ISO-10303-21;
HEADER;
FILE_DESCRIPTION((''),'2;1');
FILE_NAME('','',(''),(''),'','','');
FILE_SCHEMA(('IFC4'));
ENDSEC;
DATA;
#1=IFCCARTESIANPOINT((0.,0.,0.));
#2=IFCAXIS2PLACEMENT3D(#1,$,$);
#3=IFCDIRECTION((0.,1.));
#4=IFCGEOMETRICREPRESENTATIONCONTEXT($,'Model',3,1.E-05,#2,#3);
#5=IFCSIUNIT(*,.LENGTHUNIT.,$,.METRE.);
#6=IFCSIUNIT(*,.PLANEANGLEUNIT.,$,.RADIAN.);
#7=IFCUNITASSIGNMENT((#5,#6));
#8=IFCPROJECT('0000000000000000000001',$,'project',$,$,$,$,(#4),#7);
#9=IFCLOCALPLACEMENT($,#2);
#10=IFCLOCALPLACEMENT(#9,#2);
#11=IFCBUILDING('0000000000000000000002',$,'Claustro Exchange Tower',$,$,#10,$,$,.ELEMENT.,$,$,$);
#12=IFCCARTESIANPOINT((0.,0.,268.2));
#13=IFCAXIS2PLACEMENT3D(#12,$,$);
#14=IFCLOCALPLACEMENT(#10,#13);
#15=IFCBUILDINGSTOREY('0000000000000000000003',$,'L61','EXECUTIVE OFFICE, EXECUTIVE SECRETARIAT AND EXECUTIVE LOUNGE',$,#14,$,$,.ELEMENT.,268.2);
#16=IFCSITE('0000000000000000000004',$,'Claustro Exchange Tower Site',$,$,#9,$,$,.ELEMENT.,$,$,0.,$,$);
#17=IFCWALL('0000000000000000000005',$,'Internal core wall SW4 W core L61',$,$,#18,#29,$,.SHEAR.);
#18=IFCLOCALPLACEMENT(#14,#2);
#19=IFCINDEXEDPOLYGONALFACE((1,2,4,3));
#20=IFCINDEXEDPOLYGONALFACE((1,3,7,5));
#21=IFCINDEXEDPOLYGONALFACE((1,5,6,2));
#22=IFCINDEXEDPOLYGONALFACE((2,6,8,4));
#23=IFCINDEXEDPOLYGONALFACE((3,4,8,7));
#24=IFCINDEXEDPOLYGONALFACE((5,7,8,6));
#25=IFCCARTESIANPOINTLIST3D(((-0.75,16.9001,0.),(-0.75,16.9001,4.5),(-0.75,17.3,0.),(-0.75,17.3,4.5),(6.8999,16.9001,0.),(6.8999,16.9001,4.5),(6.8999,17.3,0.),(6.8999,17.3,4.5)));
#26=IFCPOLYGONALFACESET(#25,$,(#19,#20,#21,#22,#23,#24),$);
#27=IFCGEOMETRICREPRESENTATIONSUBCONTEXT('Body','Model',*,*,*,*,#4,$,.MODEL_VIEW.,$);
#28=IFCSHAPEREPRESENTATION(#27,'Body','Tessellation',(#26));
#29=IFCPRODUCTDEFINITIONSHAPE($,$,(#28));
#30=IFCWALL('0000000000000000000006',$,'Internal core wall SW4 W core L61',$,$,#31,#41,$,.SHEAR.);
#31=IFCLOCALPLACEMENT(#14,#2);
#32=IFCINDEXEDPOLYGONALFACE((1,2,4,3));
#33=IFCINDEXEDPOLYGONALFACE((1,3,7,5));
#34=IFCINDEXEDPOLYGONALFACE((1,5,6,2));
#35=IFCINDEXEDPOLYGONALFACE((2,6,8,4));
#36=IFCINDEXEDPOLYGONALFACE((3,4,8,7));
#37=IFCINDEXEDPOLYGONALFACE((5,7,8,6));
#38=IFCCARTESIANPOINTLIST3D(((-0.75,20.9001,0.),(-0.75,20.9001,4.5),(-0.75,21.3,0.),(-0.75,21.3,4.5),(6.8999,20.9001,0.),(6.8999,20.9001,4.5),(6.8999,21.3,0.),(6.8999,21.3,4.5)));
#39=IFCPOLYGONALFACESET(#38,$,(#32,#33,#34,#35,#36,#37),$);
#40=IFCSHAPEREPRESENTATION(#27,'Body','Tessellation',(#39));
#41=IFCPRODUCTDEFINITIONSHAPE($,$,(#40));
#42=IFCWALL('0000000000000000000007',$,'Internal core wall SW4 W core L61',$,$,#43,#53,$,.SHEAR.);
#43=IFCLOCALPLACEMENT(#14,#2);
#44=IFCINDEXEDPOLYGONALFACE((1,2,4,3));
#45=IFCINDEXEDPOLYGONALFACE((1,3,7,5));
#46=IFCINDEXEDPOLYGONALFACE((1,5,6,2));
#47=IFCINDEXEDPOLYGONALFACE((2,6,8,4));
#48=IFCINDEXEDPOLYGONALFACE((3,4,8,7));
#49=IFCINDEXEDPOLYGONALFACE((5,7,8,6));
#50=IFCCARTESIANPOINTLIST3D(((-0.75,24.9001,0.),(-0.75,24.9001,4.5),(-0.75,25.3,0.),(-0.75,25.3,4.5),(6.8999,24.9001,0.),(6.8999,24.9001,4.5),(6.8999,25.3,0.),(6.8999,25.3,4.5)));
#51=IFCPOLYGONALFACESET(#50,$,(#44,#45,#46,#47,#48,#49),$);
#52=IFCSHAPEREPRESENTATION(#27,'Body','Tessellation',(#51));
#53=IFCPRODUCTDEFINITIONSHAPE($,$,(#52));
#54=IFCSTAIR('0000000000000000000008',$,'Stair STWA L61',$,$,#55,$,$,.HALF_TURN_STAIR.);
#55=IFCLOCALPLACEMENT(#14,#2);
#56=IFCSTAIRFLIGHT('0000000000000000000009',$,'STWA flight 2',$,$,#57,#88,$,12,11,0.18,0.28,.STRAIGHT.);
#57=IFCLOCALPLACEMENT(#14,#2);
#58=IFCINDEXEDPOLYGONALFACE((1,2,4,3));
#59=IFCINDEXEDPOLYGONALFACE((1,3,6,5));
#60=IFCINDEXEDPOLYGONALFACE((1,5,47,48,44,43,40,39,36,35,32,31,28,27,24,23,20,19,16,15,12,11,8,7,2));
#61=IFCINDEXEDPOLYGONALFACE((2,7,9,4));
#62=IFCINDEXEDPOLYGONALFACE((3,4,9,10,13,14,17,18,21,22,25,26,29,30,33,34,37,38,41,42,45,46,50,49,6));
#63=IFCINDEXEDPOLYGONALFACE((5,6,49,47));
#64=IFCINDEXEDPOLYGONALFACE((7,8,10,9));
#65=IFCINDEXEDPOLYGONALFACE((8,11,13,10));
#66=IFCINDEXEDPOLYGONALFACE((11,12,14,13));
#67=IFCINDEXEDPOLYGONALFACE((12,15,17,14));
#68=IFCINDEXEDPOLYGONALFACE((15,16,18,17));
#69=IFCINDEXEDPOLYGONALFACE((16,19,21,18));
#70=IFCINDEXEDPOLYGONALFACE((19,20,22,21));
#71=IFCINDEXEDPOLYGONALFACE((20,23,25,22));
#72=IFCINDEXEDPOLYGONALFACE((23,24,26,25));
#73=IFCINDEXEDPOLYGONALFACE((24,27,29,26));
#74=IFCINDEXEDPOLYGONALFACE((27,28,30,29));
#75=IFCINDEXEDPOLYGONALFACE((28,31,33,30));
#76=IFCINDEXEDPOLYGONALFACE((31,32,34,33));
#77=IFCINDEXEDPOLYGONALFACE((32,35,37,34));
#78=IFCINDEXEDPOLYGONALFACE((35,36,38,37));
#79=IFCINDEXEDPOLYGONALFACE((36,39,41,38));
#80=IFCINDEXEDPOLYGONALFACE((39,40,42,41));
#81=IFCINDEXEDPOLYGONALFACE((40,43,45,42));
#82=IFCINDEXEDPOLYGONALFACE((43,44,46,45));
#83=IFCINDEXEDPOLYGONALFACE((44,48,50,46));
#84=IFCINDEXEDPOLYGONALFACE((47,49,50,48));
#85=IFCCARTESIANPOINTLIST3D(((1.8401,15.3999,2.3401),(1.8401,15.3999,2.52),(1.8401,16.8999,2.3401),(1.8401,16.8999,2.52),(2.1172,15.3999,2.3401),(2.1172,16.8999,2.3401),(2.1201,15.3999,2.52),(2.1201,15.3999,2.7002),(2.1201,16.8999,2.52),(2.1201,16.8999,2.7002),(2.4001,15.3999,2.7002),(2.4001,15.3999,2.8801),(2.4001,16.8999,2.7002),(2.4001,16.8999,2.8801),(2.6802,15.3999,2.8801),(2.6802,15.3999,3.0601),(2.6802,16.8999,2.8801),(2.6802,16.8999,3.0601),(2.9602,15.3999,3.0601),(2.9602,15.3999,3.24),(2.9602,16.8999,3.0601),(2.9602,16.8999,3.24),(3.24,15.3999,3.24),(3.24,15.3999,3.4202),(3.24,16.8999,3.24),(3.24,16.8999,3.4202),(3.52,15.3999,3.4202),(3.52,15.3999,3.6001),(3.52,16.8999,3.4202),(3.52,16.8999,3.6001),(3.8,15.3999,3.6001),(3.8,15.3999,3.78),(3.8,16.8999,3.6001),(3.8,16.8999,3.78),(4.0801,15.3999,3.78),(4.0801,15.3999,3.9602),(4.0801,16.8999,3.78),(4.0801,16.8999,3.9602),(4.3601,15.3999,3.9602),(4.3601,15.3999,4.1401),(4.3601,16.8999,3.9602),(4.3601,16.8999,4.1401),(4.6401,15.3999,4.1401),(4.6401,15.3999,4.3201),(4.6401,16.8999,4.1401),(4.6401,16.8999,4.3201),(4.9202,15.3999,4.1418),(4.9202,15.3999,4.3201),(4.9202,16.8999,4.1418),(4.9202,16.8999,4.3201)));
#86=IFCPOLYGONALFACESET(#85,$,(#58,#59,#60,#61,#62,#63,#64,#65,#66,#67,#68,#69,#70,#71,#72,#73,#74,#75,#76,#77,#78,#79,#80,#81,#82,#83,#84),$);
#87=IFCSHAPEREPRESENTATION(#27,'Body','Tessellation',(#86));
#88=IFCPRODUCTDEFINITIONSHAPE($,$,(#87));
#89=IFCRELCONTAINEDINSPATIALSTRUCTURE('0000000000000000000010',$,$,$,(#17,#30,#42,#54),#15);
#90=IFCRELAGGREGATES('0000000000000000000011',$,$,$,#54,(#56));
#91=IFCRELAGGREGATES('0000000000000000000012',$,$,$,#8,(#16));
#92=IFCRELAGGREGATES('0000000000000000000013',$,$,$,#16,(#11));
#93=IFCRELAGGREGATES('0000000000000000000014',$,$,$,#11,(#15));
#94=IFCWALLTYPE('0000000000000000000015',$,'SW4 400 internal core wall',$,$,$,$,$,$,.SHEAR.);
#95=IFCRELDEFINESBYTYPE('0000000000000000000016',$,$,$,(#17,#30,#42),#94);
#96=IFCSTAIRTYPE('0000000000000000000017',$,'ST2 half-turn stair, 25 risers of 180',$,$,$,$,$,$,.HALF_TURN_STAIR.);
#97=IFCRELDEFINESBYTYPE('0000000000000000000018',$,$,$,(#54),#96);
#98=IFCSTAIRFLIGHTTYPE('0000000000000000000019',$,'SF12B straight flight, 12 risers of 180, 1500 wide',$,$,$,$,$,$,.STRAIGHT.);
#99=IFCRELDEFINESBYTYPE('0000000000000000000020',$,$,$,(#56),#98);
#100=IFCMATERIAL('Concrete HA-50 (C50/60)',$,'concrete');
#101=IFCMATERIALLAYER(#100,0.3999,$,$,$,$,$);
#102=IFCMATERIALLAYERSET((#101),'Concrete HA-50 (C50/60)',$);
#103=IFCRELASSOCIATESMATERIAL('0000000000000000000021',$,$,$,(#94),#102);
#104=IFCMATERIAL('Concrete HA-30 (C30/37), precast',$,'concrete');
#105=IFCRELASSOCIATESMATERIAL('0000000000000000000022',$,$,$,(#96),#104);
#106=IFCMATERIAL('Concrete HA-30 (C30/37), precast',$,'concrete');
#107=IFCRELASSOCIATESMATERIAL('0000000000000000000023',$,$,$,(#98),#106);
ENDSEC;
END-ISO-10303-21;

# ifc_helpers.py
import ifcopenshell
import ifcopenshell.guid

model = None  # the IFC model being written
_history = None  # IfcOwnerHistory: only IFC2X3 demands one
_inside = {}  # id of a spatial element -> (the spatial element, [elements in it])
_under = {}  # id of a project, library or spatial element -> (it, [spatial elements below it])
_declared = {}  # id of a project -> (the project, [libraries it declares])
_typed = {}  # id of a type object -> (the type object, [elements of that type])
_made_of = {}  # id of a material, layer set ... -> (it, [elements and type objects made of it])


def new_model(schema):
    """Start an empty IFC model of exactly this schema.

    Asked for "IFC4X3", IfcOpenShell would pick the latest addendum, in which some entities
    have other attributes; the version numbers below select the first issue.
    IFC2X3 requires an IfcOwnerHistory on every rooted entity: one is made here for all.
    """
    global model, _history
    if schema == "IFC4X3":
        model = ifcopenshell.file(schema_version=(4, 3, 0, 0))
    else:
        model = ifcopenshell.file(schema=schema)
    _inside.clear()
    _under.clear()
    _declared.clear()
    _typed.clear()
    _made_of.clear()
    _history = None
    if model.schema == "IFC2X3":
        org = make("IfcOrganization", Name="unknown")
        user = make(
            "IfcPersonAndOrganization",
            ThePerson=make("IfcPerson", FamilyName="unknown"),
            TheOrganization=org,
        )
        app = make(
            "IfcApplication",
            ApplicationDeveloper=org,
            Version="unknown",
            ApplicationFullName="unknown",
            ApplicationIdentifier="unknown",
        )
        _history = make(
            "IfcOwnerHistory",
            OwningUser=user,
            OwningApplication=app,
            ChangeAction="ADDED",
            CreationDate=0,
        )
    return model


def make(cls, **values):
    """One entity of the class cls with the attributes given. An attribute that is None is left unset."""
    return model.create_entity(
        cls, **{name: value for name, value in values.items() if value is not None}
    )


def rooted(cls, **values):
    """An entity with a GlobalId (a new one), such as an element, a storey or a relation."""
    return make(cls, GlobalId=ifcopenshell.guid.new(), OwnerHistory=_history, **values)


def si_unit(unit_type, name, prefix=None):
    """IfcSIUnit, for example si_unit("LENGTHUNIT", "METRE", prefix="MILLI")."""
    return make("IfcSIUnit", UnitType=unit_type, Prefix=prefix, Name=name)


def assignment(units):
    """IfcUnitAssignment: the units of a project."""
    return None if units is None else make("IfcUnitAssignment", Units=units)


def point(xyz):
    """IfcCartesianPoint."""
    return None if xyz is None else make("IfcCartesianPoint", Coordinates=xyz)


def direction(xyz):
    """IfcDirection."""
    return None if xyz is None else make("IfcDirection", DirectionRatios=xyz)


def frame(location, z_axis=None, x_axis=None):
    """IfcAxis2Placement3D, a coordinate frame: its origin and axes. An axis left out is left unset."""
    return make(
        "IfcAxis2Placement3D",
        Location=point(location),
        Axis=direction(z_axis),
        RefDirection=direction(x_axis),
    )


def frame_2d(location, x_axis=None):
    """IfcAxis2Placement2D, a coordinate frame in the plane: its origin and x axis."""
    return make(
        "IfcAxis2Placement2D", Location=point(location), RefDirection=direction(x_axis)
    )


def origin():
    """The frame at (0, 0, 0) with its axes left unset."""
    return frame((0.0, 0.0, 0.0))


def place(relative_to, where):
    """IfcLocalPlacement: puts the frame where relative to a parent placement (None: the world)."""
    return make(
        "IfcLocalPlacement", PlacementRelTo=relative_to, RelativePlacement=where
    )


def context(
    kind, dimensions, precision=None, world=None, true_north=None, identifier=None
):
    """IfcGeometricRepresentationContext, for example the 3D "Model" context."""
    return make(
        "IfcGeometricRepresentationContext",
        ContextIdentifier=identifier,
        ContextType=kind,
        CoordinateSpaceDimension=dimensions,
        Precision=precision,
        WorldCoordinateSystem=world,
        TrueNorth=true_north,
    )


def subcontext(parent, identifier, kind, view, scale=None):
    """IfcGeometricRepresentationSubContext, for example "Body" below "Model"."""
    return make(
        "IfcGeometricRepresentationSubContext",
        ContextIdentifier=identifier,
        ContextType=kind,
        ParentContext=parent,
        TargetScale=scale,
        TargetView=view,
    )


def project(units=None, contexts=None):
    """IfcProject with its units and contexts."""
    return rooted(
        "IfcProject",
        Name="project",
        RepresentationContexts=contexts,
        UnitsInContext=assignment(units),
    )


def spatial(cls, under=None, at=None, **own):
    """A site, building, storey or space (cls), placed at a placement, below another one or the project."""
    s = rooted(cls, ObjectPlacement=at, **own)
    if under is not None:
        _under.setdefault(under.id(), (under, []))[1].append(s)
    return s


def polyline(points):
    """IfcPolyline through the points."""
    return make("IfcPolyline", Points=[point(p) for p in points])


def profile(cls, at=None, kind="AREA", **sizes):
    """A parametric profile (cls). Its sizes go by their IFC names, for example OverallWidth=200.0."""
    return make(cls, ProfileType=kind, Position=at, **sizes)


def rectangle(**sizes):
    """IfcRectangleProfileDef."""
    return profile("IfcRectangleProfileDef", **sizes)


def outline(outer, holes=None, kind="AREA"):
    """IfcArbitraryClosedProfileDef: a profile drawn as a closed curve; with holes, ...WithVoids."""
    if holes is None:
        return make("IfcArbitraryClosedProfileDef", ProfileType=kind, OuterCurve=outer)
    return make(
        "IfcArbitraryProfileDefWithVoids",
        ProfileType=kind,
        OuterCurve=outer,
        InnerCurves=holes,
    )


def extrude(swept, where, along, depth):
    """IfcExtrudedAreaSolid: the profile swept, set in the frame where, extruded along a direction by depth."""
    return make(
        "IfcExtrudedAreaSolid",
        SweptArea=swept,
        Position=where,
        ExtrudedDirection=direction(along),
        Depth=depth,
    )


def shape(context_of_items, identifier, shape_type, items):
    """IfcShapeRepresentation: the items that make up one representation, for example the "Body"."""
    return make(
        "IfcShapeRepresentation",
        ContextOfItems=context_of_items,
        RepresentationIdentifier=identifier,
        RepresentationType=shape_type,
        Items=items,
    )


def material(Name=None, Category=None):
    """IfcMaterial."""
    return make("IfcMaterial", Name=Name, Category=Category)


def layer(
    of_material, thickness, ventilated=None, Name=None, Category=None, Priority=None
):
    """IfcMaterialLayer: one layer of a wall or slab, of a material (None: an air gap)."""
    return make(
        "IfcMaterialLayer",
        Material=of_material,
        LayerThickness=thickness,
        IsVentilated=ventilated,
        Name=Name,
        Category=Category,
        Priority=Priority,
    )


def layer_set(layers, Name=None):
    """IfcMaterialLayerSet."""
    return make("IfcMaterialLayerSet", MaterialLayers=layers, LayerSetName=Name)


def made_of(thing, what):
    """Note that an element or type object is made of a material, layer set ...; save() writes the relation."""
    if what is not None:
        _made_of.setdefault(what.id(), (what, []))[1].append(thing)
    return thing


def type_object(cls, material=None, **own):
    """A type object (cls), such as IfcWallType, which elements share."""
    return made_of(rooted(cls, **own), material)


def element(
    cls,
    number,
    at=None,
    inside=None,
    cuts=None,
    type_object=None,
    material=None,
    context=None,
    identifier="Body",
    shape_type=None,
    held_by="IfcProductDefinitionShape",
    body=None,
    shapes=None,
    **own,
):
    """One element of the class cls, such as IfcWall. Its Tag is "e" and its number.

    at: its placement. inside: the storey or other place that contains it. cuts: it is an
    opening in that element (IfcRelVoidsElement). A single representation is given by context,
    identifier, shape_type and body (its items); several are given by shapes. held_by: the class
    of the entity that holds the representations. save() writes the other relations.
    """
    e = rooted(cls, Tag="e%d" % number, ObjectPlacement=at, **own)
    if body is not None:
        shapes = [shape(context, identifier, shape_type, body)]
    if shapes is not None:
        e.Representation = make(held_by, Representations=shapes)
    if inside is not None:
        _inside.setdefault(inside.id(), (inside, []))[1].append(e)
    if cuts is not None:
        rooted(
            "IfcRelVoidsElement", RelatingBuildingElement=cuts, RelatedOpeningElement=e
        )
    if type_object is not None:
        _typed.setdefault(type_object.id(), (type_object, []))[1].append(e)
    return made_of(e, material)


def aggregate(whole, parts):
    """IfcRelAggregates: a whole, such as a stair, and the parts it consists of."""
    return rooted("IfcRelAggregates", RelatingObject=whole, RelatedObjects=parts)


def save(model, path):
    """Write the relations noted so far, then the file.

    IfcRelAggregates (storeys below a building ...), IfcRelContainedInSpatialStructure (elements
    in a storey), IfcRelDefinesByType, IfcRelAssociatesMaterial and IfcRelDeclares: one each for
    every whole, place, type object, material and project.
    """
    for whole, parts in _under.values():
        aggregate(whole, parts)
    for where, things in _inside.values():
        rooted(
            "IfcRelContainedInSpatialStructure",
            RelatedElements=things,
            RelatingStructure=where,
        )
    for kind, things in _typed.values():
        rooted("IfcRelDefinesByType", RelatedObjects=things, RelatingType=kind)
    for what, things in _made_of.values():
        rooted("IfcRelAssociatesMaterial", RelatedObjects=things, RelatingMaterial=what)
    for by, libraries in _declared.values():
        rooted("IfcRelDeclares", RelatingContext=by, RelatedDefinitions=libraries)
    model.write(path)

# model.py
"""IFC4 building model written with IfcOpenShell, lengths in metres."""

from ifc_helpers import new_model, si_unit, direction, frame, frame_2d, origin, place, context, subcontext, project, spatial, polyline, rectangle, outline, extrude, material, layer, layer_set, type_object, element, aggregate, save


model = new_model("IFC4")

# Units and contexts
model_context = context("Model", 3, precision=1e-05, world=origin(), true_north=direction((0.0, 1.0)))
body_context = subcontext(model_context, "Body", "Model", "MODEL_VIEW")
ifc_project = project(units=[si_unit("LENGTHUNIT", "METRE"), si_unit("PLANEANGLEUNIT", "RADIAN")], contexts=[model_context])

# Site, building, storey
site_placement = place(None, origin())
site = spatial("IfcSite", under=ifc_project, at=site_placement, Name="Claustro Exchange Tower Site", CompositionType="ELEMENT", RefElevation=0.0)
building_placement = place(site_placement, origin())
building = spatial("IfcBuilding", under=site, at=building_placement, Name="Claustro Exchange Tower", CompositionType="ELEMENT")
storey_placement = place(building_placement, frame((0.0, 0.0, 268.2)))
storey = spatial("IfcBuildingStorey", under=building, at=storey_placement, Name="L61", Description="EXECUTIVE OFFICE, EXECUTIVE SECRETARIAT AND EXECUTIVE LOUNGE", CompositionType="ELEMENT", Elevation=268.2)

# Walls
ifc_material_1 = material(Name="Concrete HA-50 (C50/60)", Category="concrete")
ifc_layer_1 = layer(ifc_material_1, 0.3999)
ifc_layer_set_1 = layer_set([ifc_layer_1], Name="Concrete HA-50 (C50/60)")
wall_type_1 = type_object("IfcWallType", Name="SW4 400 internal core wall", PredefinedType="SHEAR", material=ifc_layer_set_1)
for number, where, z_axis, x_axis, name in (
    (1, (-0.75, 17.1001, 0.0), (0.0, 0.0, 1.0), (1.0, 0.0, 0.0), "Internal core wall SW4 W core L61"),
    (2, (-0.75, 21.1001, 0.0), (0.0, 0.0, 1.0), (1.0, 0.0, 0.0), "Internal core wall SW4 W core L61"),
    (3, (-0.75, 25.1001, 0.0), (0.0, 0.0, 1.0), (1.0, 0.0, 0.0), "Internal core wall SW4 W core L61"),
):
    element("IfcWall", number, at=place(storey_placement, frame(where, z_axis=z_axis, x_axis=x_axis)), inside=storey, type_object=wall_type_1, Name=name, PredefinedType="SHEAR", context=body_context, shape_type="SweptSolid", body=[
        extrude(rectangle(XDim=7.6499, YDim=0.3999, at=frame_2d((3.825, 0.0))), origin(), (0.0, 0.0, 1.0), 4.5),
    ])

# Stair, stair flight
ifc_material_2 = material(Name="Concrete HA-30 (C30/37), precast", Category="concrete")
stair_type = type_object("IfcStairType", Name="ST2 half-turn stair, 25 risers of 180", PredefinedType="HALF_TURN_STAIR", material=ifc_material_2)
stair_placement = place(storey_placement, origin())
stair = element("IfcStair", 4, at=stair_placement, inside=storey, type_object=stair_type, Name="Stair STWA L61", PredefinedType="HALF_TURN_STAIR")
ifc_material_3 = material(Name="Concrete HA-30 (C30/37), precast", Category="concrete")
stair_flight_type = type_object("IfcStairFlightType", Name="SF12B straight flight, 12 risers of 180, 1500 wide", PredefinedType="STRAIGHT", material=ifc_material_3)
stair_flight_placement = place(storey_placement, frame((1.8401, 16.1499, 2.3401), z_axis=(0.0, 0.0, 1.0), x_axis=(1.0, 0.0, 0.0)))
stair_flight = element("IfcStairFlight", 5, at=stair_flight_placement, type_object=stair_flight_type, Name="STWA flight 2", NumberOfRisers=12, NumberOfTreads=11, PredefinedType="STRAIGHT", RiserHeight=0.18, TreadLength=0.28, context=body_context, shape_type="SweptSolid", body=[
    extrude(outline(polyline([(0.0, 0.0), (0.0, 0.1799), (0.28, 0.1799), (0.28, 0.3601), (0.5601, 0.3601), (0.5601, 0.54), (0.8401, 0.54), (0.8401, 0.72), (1.1201, 0.72), (1.1201, 0.8999), (1.3999, 0.8999), (1.3999, 1.0801), (1.6799, 1.0801), (1.6799, 1.26), (1.96, 1.26), (1.96, 1.4399), (2.24, 1.4399), (2.24, 1.6201), (2.52, 1.6201), (2.52, 1.8), (2.8, 1.8), (2.8, 1.98), (3.0801, 1.98), (3.0801, 2.1599), (3.0801, 1.8018), (0.2771, 0.0), (0.0, 0.0)])), frame((0.0, 0.75, 0.0), z_axis=(0.0, -1.0, 0.0), x_axis=(1.0, 0.0, 0.0)), (0.0, 0.0, 1.0), 1.5),
])
aggregate(stair, [stair_flight])

save(model, "model.ifc")
